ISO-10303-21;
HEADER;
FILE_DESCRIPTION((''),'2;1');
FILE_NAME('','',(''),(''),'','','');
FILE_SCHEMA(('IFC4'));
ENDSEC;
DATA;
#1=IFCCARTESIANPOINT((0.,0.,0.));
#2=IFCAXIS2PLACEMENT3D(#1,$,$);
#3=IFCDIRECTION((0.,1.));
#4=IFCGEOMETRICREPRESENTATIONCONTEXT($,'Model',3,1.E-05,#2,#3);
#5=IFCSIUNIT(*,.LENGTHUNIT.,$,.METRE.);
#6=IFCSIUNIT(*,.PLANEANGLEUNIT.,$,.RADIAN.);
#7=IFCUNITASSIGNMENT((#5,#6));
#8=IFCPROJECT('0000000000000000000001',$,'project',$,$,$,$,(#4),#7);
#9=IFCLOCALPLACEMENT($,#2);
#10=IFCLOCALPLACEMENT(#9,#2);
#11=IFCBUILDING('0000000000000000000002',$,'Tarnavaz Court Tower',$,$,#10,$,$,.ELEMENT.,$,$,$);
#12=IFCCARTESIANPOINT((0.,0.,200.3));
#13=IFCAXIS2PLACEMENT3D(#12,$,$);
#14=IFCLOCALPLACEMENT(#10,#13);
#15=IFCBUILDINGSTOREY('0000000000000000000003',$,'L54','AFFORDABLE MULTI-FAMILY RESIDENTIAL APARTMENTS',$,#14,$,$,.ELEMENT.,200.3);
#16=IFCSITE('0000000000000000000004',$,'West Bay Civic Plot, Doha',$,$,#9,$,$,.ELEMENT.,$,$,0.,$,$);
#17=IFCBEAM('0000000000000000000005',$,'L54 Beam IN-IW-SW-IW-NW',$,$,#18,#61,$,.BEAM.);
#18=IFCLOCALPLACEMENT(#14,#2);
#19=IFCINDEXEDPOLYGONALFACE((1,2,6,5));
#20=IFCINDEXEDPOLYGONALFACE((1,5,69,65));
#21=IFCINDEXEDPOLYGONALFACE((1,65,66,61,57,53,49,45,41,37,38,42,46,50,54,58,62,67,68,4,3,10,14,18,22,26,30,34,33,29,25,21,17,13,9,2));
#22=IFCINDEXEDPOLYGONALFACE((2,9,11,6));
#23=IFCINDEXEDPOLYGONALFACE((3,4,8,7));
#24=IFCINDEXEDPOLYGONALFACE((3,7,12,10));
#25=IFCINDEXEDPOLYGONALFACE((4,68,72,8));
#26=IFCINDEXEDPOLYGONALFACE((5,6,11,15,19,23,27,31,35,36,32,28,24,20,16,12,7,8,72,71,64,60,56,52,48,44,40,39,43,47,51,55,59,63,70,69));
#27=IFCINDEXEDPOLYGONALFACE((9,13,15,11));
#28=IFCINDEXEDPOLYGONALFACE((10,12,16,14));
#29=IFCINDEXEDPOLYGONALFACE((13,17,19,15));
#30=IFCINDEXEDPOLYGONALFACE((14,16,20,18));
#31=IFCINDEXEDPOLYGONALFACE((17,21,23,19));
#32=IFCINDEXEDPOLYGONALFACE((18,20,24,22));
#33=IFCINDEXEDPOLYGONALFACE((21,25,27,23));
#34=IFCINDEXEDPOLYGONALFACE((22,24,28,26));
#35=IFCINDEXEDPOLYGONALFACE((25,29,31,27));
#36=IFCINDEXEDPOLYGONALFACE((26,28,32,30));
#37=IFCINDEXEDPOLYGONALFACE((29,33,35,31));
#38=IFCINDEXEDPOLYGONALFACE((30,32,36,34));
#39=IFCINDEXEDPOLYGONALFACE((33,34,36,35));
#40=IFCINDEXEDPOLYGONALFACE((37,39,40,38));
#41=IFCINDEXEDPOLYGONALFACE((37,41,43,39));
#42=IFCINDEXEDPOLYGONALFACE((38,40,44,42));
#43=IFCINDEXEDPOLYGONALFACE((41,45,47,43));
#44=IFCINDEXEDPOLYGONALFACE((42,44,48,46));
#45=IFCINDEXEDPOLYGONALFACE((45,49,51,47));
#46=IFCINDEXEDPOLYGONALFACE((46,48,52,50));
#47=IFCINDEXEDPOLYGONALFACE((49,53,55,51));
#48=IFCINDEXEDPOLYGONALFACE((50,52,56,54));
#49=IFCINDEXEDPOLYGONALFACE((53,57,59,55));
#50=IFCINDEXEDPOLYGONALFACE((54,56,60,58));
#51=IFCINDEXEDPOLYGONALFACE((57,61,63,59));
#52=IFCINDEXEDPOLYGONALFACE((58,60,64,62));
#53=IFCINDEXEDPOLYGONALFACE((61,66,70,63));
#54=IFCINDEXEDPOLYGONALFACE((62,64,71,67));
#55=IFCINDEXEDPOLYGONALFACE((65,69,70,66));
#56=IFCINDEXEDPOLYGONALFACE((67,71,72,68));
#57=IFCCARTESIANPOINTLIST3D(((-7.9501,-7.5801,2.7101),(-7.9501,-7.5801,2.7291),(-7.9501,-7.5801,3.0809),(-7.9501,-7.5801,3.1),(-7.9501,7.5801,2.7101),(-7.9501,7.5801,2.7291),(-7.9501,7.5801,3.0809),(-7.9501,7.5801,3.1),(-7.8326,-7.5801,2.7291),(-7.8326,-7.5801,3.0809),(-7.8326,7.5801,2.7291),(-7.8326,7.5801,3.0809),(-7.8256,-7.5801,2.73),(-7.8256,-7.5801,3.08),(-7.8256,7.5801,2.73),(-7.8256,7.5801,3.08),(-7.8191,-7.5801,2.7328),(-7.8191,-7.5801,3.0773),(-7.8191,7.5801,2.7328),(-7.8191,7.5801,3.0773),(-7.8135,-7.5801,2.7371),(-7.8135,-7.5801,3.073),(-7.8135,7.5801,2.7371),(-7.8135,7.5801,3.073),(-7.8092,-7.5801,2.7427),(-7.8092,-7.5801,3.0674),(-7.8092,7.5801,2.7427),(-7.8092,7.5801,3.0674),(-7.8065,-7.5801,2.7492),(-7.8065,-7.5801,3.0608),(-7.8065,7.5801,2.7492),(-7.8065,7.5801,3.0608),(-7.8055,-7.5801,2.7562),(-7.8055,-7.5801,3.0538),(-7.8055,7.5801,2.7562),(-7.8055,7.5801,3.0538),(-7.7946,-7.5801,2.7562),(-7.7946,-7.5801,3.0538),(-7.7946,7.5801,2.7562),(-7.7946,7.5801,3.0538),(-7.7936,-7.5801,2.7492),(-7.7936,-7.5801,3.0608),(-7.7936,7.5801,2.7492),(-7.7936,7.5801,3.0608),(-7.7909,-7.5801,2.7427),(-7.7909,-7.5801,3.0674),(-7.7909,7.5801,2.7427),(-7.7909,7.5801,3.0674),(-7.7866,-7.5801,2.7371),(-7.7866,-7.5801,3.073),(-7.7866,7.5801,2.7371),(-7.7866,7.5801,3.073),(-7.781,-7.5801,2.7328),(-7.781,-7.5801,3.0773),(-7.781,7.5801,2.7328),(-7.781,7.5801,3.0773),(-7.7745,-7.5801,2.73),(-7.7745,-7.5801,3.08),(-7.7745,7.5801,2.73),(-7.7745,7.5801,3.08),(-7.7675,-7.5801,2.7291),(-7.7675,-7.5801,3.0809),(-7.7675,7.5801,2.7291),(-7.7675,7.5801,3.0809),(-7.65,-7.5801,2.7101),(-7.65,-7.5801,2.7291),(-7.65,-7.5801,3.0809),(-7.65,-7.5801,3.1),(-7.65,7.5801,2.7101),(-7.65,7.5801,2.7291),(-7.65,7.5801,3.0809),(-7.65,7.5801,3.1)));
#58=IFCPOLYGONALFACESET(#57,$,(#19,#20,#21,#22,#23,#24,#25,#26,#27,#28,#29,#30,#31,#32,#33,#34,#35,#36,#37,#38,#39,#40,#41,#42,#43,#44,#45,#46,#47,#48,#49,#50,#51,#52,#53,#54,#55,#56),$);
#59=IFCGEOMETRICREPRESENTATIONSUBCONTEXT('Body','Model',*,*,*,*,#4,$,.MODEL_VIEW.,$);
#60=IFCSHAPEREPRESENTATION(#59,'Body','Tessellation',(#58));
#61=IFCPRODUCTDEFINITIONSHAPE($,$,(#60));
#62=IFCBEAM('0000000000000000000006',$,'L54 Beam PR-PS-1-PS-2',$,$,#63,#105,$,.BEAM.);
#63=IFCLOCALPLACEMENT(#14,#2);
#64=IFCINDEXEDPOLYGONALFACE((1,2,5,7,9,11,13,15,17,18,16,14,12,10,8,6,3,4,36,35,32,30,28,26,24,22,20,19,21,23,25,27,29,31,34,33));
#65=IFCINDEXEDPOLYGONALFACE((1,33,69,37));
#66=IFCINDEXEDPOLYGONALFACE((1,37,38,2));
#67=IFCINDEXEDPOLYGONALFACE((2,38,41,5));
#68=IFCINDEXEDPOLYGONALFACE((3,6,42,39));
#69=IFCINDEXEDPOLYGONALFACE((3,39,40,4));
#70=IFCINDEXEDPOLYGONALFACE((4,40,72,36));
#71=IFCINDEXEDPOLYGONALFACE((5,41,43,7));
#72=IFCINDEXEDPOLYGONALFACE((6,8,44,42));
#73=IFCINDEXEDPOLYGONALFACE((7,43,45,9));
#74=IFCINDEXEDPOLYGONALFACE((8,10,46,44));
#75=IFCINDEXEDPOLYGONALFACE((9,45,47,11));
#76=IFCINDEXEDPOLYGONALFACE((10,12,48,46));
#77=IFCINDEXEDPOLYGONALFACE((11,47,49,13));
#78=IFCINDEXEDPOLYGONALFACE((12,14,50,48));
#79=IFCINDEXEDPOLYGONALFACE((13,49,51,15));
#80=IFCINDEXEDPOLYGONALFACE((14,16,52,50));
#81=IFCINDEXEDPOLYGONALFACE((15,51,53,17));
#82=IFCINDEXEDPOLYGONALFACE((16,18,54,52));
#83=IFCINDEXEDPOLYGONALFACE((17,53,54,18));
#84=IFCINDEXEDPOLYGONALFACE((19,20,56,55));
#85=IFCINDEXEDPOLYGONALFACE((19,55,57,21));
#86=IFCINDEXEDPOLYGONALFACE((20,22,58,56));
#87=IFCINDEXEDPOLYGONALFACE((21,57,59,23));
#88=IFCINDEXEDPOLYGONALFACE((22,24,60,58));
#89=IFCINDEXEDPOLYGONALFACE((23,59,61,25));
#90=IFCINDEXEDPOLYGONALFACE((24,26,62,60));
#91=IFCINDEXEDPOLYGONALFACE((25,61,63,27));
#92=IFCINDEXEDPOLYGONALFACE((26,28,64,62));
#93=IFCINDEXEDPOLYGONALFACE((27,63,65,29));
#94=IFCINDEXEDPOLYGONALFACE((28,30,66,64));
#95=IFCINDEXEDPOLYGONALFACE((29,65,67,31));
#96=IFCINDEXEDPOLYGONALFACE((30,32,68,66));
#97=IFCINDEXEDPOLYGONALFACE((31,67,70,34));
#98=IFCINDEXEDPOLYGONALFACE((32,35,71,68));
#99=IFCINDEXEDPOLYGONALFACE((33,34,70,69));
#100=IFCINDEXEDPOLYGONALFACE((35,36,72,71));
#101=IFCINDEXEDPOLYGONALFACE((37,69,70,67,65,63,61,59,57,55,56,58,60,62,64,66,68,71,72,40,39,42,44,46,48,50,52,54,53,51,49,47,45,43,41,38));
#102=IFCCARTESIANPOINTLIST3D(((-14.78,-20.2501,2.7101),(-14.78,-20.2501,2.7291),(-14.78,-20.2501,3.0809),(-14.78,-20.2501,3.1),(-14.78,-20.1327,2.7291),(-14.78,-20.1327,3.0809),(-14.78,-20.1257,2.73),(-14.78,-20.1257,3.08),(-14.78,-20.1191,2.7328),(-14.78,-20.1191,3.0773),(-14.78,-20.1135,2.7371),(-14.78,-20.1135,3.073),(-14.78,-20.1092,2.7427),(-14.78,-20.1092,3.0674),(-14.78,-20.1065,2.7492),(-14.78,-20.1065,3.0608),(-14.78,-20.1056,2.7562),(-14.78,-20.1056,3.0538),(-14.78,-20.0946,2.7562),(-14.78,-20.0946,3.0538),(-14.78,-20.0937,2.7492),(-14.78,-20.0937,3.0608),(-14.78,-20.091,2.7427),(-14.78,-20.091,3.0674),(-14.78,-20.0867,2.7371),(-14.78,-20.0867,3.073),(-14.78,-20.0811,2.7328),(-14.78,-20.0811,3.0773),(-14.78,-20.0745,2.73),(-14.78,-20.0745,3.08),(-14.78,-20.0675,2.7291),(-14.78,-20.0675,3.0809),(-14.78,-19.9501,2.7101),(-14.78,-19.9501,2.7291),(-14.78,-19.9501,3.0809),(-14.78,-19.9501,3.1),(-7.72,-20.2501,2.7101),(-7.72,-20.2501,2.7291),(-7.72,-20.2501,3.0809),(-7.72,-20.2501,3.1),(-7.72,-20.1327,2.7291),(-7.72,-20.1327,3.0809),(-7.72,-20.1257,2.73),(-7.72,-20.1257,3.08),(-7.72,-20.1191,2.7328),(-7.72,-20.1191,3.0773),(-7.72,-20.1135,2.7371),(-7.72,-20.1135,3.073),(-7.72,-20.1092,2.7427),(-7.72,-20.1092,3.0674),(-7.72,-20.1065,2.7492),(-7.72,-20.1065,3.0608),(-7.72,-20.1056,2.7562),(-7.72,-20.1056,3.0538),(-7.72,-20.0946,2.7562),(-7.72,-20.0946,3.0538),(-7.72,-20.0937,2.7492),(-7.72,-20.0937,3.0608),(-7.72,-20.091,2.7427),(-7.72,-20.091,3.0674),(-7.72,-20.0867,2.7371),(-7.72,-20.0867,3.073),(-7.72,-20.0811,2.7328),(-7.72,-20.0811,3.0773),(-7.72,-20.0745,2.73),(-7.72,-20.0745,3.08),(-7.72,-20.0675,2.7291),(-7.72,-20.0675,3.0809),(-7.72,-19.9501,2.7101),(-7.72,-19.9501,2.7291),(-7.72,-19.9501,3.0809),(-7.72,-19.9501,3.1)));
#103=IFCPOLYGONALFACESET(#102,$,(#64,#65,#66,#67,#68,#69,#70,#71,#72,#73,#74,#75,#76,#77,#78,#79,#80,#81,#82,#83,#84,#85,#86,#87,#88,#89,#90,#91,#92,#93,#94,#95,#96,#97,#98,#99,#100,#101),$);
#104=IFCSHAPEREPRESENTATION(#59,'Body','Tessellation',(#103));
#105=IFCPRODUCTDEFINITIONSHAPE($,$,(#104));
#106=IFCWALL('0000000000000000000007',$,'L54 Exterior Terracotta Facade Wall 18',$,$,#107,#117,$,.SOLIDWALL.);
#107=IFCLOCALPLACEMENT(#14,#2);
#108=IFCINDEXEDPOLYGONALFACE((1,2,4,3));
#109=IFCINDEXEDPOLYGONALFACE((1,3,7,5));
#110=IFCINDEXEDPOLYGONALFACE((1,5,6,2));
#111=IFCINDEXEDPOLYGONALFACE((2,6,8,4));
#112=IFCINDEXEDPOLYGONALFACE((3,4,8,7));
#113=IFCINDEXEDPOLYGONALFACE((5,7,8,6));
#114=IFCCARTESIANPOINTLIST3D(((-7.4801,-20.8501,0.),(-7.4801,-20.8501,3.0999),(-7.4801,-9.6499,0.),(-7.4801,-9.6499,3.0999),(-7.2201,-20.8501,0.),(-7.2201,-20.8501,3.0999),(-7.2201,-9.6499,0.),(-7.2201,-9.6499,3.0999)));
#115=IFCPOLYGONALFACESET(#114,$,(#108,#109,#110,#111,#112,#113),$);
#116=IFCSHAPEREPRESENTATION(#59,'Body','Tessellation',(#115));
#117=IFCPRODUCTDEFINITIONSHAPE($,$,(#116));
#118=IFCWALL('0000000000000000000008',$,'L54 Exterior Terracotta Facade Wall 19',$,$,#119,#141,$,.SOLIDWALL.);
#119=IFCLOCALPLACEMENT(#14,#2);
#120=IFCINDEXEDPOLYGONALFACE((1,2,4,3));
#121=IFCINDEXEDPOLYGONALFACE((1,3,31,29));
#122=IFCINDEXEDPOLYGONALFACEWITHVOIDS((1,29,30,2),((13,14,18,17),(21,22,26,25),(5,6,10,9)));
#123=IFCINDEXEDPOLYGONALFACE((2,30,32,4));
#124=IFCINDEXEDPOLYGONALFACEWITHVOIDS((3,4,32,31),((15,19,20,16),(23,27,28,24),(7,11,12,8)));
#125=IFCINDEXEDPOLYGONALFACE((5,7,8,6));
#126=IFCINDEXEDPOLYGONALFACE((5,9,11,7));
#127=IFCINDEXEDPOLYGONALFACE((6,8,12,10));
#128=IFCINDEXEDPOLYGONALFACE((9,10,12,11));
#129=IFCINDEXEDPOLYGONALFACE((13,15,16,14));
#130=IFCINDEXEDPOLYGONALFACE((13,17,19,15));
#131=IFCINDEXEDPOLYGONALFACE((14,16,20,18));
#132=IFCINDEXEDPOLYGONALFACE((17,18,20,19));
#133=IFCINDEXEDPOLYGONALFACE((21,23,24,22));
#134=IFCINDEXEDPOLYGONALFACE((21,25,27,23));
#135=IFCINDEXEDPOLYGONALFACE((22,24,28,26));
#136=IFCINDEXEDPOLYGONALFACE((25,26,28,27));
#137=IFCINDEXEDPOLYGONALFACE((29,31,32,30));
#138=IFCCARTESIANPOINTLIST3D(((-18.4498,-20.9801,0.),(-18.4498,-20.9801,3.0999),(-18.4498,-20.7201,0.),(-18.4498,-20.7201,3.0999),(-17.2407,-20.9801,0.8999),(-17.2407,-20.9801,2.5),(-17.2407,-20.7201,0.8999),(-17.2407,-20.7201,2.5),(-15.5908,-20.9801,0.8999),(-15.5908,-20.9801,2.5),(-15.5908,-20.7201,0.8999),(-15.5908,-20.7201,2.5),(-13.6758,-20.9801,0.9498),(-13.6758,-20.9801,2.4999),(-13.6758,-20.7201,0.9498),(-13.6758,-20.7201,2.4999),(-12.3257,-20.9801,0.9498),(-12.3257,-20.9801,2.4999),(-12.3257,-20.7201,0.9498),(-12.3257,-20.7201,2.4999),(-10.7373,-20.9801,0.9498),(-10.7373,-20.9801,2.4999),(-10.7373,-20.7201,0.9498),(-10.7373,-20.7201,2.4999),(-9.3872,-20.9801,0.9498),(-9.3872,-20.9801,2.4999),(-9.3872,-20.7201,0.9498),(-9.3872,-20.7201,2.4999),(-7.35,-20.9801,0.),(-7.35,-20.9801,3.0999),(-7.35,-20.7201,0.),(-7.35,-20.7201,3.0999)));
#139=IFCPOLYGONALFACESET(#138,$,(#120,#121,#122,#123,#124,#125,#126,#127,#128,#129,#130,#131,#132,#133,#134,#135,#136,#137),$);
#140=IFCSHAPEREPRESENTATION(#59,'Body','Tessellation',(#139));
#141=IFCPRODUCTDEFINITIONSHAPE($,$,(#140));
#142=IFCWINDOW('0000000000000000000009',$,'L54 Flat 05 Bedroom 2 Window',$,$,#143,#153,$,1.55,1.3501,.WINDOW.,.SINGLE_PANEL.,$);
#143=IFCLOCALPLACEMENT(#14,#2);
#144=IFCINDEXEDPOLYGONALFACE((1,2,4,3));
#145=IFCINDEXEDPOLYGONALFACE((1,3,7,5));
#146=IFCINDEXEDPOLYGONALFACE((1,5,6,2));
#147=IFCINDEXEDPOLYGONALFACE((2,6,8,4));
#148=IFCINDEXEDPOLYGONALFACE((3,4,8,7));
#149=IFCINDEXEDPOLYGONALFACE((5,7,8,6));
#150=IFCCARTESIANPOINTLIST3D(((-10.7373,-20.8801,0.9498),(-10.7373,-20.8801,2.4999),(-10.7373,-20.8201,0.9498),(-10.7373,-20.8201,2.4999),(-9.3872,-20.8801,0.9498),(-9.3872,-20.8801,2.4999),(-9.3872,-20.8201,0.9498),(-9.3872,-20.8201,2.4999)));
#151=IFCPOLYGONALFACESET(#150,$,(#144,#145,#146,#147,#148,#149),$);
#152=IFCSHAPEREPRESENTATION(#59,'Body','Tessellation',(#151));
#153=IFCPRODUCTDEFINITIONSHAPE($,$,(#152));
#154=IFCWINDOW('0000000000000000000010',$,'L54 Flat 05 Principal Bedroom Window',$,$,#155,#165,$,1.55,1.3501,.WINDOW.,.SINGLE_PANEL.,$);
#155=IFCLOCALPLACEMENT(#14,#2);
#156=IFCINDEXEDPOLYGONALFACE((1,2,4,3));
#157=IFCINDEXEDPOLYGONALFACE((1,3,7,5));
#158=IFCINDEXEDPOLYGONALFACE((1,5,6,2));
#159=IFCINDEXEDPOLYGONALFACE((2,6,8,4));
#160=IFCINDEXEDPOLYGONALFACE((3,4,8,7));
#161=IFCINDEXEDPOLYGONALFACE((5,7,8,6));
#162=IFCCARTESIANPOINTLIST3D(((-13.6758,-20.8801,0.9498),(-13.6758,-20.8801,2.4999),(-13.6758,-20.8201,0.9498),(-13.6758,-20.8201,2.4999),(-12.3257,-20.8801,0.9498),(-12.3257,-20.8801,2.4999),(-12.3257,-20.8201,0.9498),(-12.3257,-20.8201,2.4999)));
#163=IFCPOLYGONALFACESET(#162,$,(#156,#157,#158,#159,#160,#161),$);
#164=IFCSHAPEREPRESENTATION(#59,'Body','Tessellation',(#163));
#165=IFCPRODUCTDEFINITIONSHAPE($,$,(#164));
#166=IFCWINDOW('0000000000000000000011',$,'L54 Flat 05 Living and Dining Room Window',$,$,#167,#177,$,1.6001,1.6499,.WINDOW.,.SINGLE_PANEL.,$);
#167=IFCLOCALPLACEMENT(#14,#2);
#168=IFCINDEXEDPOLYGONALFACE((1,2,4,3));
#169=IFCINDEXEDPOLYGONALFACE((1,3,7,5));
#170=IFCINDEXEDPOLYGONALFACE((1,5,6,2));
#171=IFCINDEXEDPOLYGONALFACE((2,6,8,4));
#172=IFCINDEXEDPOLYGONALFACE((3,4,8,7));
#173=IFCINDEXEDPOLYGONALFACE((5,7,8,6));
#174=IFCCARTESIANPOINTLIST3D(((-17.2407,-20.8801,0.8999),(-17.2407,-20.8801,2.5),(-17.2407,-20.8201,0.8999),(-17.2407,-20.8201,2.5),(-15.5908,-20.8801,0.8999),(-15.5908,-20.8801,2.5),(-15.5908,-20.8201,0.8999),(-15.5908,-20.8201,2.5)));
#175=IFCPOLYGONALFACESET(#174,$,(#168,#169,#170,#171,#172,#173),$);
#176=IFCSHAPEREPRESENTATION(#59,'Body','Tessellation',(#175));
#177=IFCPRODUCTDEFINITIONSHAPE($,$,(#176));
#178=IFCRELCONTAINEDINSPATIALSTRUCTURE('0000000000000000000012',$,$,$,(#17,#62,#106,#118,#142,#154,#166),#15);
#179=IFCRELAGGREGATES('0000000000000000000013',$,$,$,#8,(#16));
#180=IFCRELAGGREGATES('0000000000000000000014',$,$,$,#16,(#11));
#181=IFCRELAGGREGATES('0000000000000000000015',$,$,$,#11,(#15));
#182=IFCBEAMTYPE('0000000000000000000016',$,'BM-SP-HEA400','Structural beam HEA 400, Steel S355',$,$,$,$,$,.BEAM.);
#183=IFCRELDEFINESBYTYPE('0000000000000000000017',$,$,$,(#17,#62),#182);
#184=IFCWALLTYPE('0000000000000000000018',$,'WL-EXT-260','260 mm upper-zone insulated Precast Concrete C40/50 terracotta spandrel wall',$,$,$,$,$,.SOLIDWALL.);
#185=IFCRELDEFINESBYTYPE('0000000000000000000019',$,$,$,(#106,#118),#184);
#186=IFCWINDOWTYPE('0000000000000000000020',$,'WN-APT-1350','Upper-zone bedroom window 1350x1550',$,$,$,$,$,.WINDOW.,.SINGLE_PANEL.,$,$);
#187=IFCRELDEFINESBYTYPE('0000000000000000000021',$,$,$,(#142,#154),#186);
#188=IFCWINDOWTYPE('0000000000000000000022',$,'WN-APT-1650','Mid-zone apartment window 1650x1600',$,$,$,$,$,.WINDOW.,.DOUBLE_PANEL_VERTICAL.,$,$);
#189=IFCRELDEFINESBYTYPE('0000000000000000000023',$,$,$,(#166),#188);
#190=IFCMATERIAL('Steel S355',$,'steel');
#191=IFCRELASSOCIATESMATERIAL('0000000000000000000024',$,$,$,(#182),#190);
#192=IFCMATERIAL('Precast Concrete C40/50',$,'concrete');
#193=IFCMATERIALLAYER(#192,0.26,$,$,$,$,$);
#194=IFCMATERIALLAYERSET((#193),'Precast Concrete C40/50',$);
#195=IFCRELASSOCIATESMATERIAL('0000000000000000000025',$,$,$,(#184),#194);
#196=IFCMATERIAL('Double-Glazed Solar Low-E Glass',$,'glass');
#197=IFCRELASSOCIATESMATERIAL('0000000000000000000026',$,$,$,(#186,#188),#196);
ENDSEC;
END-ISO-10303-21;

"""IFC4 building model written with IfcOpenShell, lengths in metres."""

from ifc_helpers import new_model, si_unit, direction, frame, frame_2d, origin, origin_2d, place, context, subcontext, project, spatial, rectangle, i_section, extrude, material, layer, layer_set, material_profile, profile_set, type_object, element, fill, save


model = new_model("IFC4")

# Units and contexts
model_context = context("Model", 3, precision=1e-05, world=origin(), true_north=direction((0.0, 1.0)))
body_context = subcontext(model_context, "Body", "Model", "MODEL_VIEW")
ifc_project = project(units=[si_unit("LENGTHUNIT", "METRE"), si_unit("PLANEANGLEUNIT", "RADIAN")], contexts=[model_context])

# Site, building, storey
site_placement = place(None, origin())
site = spatial("IfcSite", under=ifc_project, at=site_placement, Name="West Bay Civic Plot, Doha", CompositionType="ELEMENT", RefElevation=0.0)
building_placement = place(site_placement, origin())
building = spatial("IfcBuilding", under=site, at=building_placement, Name="Tarnavaz Court Tower", CompositionType="ELEMENT")
storey_placement = place(building_placement, frame((0.0, 0.0, 200.3)))
storey = spatial("IfcBuildingStorey", under=building, at=storey_placement, Name="L54", Description="AFFORDABLE MULTI-FAMILY RESIDENTIAL APARTMENTS", CompositionType="ELEMENT", Elevation=200.3)

# Beams
ifc_material_1 = material(Name="Steel S355", Category="steel")
ifc_material_profile_1 = material_profile(ifc_material_1, i_section(OverallWidth=0.3, OverallDepth=0.3899, WebThickness=0.011, FlangeThickness=0.019, FilletRadius=0.0271, at=origin_2d()), Name="HEA 400")
ifc_profile_set_1 = profile_set([ifc_material_profile_1], Name="Steel S355")
beam_type_1 = type_object("IfcBeamType", Name="BM-SP-HEA400", Description="Structural beam HEA 400, Steel S355", PredefinedType="BEAM", material=ifc_profile_set_1)
for number, where, z_axis, x_axis, name in (
    (1, (-7.8, -7.5801, 2.905), (0.0, 1.0, 0.0), (-1.0, 0.0, 0.0), "L54 Beam IN-IW-SW-IW-NW"),
):
    element("IfcBeam", number, at=place(storey_placement, frame(where, z_axis=z_axis, x_axis=x_axis)), inside=storey, type_object=beam_type_1, Name=name, PredefinedType="BEAM", context=body_context, shape_type="SweptSolid", body=[
        extrude(i_section(OverallWidth=0.3, OverallDepth=0.3899, WebThickness=0.011, FlangeThickness=0.019, FilletRadius=0.0271, at=origin_2d()), origin(), (0.0, 0.0, 1.0), 15.1602),
    ])
beam_1_placement = place(storey_placement, frame((-14.78, -20.1001, 2.905), z_axis=(1.0, 0.0, 0.0), x_axis=(0.0, 1.0, 0.0)))
element("IfcBeam", 2, at=beam_1_placement, inside=storey, type_object=beam_type_1, Name="L54 Beam PR-PS-1-PS-2", PredefinedType="BEAM", context=body_context, shape_type="SweptSolid", body=[
    extrude(i_section(OverallWidth=0.3, OverallDepth=0.3899, WebThickness=0.011, FlangeThickness=0.019, FilletRadius=0.0271, at=origin_2d()), origin(), (0.0, 0.0, 1.0), 7.0601),
])

# Wall
ifc_material_2 = material(Name="Precast Concrete C40/50", Category="concrete")
ifc_layer_1 = layer(ifc_material_2, 0.26)
ifc_layer_set_1 = layer_set([ifc_layer_1], Name="Precast Concrete C40/50")
wall_type_1 = type_object("IfcWallType", Name="WL-EXT-260", Description="260 mm upper-zone insulated Precast Concrete C40/50 terracotta spandrel wall", PredefinedType="SOLIDWALL", material=ifc_layer_set_1)
wall_1_placement = place(storey_placement, frame((-7.3501, -9.6499, 0.0), z_axis=(0.0, 0.0, 1.0), x_axis=(0.0, -1.0, 0.0)))
element("IfcWall", 3, at=wall_1_placement, inside=storey, type_object=wall_type_1, Name="L54 Exterior Terracotta Facade Wall 18", PredefinedType="SOLIDWALL", context=body_context, shape_type="SweptSolid", body=[
    extrude(rectangle(XDim=11.2002, YDim=0.26, at=frame_2d((5.6001, 0.0))), origin(), (0.0, 0.0, 1.0), 3.0999),
])

# Wall, openings, windows
wall_2_placement = place(storey_placement, frame((-7.3501, -20.8501, 0.0), z_axis=(0.0, 0.0, 1.0), x_axis=(-1.0, 0.0, 0.0)))
wall_2 = element("IfcWall", 4, at=wall_2_placement, inside=storey, type_object=wall_type_1, Name="L54 Exterior Terracotta Facade Wall 19", PredefinedType="SOLIDWALL", context=body_context, shape_type="SweptSolid", body=[
    extrude(rectangle(XDim=11.0999, YDim=0.26, at=frame_2d((5.5498, 0.0))), origin(), (0.0, 0.0, 1.0), 3.0999),
])
opening_1_placement = place(wall_2_placement, frame((2.0371, 0.0, 0.95)))
opening_1 = element("IfcOpeningElement", 5, at=opening_1_placement, cuts=wall_2, PredefinedType="OPENING", context=body_context, shape_type="SweptSolid", body=[
    extrude(rectangle(XDim=1.3501, YDim=1.55, at=frame_2d((0.675, 0.7749))), frame((0.0, 0.1399, 0.0), z_axis=(0.0, -1.0, 0.0), x_axis=(1.0, 0.0, 0.0)), (0.0, 0.0, 1.0), 0.28),
])
opening_2_placement = place(wall_2_placement, frame((4.9756, 0.0, 0.95)))
opening_2 = element("IfcOpeningElement", 6, at=opening_2_placement, cuts=wall_2, PredefinedType="OPENING", context=body_context, shape_type="SweptSolid", body=[
    extrude(rectangle(XDim=1.3501, YDim=1.55, at=frame_2d((0.675, 0.7749))), frame((0.0, 0.1399, 0.0), z_axis=(0.0, -1.0, 0.0), x_axis=(1.0, 0.0, 0.0)), (0.0, 0.0, 1.0), 0.28),
])
opening_3_placement = place(wall_2_placement, frame((8.2407, 0.0, 0.8999)))
opening_3 = element("IfcOpeningElement", 7, at=opening_3_placement, cuts=wall_2, PredefinedType="OPENING", context=body_context, shape_type="SweptSolid", body=[
    extrude(rectangle(XDim=1.6499, YDim=1.6001, at=frame_2d((0.825, 0.8))), frame((0.0, 0.1399, 0.0), z_axis=(0.0, -1.0, 0.0), x_axis=(1.0, 0.0, 0.0)), (0.0, 0.0, 1.0), 0.28),
])
ifc_material_3 = material(Name="Double-Glazed Solar Low-E Glass", Category="glass")
window_type_1 = type_object("IfcWindowType", Name="WN-APT-1350", Description="Upper-zone bedroom window 1350x1550", PartitioningType="SINGLE_PANEL", PredefinedType="WINDOW", material=ifc_material_3)
window_1_placement = place(opening_1_placement, origin())
window_1 = element("IfcWindow", 8, at=window_1_placement, inside=storey, type_object=window_type_1, Name="L54 Flat 05 Bedroom 2 Window", OverallHeight=1.55, OverallWidth=1.3501, PartitioningType="SINGLE_PANEL", PredefinedType="WINDOW", context=body_context, shape_type="SweptSolid", body=[
    extrude(rectangle(XDim=1.3501, YDim=1.55, at=frame_2d((0.675, 0.7749))), frame((0.0, 0.03, 0.0), z_axis=(0.0, -1.0, 0.0), x_axis=(1.0, 0.0, 0.0)), (0.0, 0.0, 1.0), 0.0601),
])
fill(opening_1, window_1)
window_2_placement = place(opening_2_placement, origin())
window_2 = element("IfcWindow", 9, at=window_2_placement, inside=storey, type_object=window_type_1, Name="L54 Flat 05 Principal Bedroom Window", OverallHeight=1.55, OverallWidth=1.3501, PartitioningType="SINGLE_PANEL", PredefinedType="WINDOW", context=body_context, shape_type="SweptSolid", body=[
    extrude(rectangle(XDim=1.3501, YDim=1.55, at=frame_2d((0.675, 0.7749))), frame((0.0, 0.03, 0.0), z_axis=(0.0, -1.0, 0.0), x_axis=(1.0, 0.0, 0.0)), (0.0, 0.0, 1.0), 0.0601),
])
fill(opening_2, window_2)
window_type_2 = type_object("IfcWindowType", Name="WN-APT-1650", Description="Mid-zone apartment window 1650x1600", PartitioningType="DOUBLE_PANEL_VERTICAL", PredefinedType="WINDOW", material=ifc_material_3)
window_3_placement = place(opening_3_placement, origin())
window_3 = element("IfcWindow", 10, at=window_3_placement, inside=storey, type_object=window_type_2, Name="L54 Flat 05 Living and Dining Room Window", OverallHeight=1.6001, OverallWidth=1.6499, PartitioningType="SINGLE_PANEL", PredefinedType="WINDOW", context=body_context, shape_type="SweptSolid", body=[
    extrude(rectangle(XDim=1.6499, YDim=1.6001, at=frame_2d((0.825, 0.8))), frame((0.0, 0.03, 0.0), z_axis=(0.0, -1.0, 0.0), x_axis=(1.0, 0.0, 0.0)), (0.0, 0.0, 1.0), 0.0601),
])
fill(opening_3, window_3)

save(model, "model.ifc")
